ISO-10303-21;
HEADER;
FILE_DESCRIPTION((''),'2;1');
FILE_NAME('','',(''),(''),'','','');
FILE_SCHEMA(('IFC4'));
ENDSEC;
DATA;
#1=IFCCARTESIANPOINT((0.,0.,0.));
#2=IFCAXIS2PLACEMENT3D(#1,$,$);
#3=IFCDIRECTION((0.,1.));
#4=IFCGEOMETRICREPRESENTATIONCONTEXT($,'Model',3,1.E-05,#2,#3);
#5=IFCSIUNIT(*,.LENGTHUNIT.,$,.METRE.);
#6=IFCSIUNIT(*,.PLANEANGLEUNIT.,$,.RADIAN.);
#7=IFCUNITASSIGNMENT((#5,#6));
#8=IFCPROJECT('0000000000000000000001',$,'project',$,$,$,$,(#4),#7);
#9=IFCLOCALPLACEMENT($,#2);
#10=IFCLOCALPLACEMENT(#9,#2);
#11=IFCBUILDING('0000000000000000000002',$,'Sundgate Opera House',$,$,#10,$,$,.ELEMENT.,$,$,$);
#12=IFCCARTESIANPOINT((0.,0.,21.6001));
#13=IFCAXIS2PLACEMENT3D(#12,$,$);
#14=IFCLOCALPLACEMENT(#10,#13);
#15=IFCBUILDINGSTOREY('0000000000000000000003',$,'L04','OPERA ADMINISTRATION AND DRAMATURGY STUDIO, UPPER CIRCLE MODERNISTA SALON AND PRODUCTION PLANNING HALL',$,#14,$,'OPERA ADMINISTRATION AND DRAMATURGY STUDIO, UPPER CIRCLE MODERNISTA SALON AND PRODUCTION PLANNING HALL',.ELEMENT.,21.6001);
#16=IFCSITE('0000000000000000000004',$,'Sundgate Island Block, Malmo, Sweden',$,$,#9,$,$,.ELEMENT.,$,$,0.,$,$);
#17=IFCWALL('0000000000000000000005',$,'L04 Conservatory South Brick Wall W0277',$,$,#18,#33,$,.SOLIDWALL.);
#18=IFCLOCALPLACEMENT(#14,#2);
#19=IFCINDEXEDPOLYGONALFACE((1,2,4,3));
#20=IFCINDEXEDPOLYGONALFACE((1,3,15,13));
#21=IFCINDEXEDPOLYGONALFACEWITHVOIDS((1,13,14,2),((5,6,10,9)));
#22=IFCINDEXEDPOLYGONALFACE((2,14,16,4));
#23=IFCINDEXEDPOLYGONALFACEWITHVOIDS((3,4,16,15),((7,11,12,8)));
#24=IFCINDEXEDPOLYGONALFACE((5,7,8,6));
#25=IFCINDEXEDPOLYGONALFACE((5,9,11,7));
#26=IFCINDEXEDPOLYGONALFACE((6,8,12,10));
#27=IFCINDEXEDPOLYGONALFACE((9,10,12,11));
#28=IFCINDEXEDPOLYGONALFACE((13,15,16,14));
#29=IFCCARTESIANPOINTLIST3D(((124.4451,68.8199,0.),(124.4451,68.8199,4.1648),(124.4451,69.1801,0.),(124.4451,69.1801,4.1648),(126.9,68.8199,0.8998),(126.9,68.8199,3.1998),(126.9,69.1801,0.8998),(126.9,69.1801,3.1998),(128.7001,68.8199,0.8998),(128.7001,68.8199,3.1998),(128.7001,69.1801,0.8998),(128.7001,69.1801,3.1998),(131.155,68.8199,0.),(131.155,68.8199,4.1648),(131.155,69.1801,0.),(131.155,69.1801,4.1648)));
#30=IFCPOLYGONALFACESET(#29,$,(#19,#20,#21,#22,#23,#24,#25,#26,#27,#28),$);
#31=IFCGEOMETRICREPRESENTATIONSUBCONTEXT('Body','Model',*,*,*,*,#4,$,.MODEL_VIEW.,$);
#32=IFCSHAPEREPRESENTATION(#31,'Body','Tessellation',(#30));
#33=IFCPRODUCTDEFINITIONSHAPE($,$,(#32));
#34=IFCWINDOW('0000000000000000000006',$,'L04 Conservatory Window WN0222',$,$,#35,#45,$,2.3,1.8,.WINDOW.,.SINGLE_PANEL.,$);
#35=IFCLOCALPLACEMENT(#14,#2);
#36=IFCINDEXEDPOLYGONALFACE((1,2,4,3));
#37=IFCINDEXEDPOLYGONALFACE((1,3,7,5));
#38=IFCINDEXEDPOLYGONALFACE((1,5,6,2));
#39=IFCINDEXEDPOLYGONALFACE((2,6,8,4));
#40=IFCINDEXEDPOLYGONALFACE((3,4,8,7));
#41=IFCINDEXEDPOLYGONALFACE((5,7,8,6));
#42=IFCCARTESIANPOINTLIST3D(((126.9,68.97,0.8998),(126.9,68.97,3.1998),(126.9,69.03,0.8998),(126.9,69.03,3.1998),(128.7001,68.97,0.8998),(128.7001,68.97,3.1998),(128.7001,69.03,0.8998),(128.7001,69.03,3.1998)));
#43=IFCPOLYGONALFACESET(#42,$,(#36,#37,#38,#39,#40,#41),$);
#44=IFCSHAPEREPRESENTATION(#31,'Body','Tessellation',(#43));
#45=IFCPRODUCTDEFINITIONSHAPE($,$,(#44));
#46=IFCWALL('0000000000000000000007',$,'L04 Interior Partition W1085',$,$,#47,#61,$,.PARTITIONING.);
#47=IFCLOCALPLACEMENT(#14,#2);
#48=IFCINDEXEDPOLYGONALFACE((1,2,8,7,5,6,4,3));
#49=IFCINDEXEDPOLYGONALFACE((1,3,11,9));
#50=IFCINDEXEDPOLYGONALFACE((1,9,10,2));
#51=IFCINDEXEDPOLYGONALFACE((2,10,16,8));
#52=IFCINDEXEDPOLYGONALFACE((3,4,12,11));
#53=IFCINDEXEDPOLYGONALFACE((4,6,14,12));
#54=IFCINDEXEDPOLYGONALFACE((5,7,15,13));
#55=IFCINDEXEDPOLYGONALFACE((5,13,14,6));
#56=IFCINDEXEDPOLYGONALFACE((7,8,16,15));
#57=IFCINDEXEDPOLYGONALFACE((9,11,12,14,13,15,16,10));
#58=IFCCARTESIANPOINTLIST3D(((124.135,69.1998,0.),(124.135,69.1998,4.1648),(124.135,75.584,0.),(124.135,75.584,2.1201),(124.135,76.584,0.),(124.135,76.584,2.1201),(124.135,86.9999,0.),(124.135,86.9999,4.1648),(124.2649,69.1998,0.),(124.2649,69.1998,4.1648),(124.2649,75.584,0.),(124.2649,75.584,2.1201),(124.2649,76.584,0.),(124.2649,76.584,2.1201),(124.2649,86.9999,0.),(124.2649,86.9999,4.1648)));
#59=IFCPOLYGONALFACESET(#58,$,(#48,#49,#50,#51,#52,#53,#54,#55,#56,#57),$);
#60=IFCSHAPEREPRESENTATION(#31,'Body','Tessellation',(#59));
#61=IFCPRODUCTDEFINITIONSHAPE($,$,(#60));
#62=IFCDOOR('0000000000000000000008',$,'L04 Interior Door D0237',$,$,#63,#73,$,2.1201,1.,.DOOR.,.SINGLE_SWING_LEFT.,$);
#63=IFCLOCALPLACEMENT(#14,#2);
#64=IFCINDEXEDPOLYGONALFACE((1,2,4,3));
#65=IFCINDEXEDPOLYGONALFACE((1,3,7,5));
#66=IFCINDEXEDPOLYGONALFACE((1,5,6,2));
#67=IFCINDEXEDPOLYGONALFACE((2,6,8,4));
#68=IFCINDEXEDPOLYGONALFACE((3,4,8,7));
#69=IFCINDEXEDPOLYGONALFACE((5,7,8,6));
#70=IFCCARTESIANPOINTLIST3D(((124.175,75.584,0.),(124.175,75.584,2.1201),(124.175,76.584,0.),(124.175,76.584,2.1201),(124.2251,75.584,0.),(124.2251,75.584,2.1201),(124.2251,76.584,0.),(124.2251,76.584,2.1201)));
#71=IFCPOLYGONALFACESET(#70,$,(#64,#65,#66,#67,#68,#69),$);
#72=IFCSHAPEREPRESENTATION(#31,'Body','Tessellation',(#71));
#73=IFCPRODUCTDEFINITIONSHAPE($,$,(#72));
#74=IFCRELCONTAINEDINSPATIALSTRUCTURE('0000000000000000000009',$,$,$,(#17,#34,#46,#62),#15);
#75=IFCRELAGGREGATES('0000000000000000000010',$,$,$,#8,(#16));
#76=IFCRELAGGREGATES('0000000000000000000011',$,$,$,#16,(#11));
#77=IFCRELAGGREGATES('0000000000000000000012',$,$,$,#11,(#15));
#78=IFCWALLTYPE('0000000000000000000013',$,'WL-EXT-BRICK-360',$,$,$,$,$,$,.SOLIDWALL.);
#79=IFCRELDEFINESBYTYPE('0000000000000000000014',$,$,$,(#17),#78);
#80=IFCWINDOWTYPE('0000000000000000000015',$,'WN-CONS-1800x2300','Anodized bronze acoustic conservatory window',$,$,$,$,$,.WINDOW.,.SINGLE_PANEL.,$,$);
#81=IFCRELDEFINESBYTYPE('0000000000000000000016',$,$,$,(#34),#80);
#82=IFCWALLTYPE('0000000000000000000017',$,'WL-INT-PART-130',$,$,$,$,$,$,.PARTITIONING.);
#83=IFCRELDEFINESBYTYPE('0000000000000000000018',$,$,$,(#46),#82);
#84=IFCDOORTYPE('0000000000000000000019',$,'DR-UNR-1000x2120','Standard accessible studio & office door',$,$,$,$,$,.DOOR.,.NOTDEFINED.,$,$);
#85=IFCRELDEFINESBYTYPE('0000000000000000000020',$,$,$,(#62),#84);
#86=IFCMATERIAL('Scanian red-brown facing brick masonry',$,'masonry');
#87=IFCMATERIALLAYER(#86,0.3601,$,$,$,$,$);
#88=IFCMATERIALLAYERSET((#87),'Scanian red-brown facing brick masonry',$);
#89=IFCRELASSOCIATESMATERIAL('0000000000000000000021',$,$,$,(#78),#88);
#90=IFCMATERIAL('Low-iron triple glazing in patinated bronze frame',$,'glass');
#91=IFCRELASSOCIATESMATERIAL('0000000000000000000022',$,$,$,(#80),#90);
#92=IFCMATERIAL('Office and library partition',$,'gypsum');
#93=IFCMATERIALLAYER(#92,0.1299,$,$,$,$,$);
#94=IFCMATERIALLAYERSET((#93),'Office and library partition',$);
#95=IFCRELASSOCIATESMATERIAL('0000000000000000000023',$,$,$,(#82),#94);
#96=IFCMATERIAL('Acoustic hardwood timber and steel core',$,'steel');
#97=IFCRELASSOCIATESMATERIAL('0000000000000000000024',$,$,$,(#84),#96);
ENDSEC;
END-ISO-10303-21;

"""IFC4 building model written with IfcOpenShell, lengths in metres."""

from ifc_helpers import new_model, si_unit, direction, frame, frame_2d, origin, place, context, subcontext, project, spatial, rectangle, extrude, material, layer, layer_set, type_object, element, fill, save


model = new_model("IFC4")

# Units and contexts
model_context = context("Model", 3, precision=1e-05, world=origin(), true_north=direction((0.0, 1.0)))
body_context = subcontext(model_context, "Body", "Model", "MODEL_VIEW")
ifc_project = project(units=[si_unit("LENGTHUNIT", "METRE"), si_unit("PLANEANGLEUNIT", "RADIAN")], contexts=[model_context])

# Site, building, storey
site_placement = place(None, origin())
site = spatial("IfcSite", under=ifc_project, at=site_placement, Name="Sundgate Island Block, Malmo, Sweden", CompositionType="ELEMENT", RefElevation=0.0)
building_placement = place(site_placement, origin())
building = spatial("IfcBuilding", under=site, at=building_placement, Name="Sundgate Opera House", CompositionType="ELEMENT")
storey_placement = place(building_placement, frame((0.0, 0.0, 21.6001)))
storey = spatial("IfcBuildingStorey", under=building, at=storey_placement, Name="L04", Description="OPERA ADMINISTRATION AND DRAMATURGY STUDIO, UPPER CIRCLE MODERNISTA SALON AND PRODUCTION PLANNING HALL", LongName="OPERA ADMINISTRATION AND DRAMATURGY STUDIO, UPPER CIRCLE MODERNISTA SALON AND PRODUCTION PLANNING HALL", CompositionType="ELEMENT", Elevation=21.6001)

# Wall, opening, window
ifc_material_1 = material(Name="Scanian red-brown facing brick masonry", Category="masonry")
ifc_layer_1 = layer(ifc_material_1, 0.3601)
ifc_layer_set_1 = layer_set([ifc_layer_1], Name="Scanian red-brown facing brick masonry")
wall_type_1 = type_object("IfcWallType", Name="WL-EXT-BRICK-360", PredefinedType="SOLIDWALL", material=ifc_layer_set_1)
wall_1_placement = place(storey_placement, frame((131.155, 69.0, 0.0), z_axis=(0.0, 0.0, 1.0), x_axis=(-1.0, 0.0, 0.0)))
wall_1 = element("IfcWall", 1, at=wall_1_placement, inside=storey, type_object=wall_type_1, Name="L04 Conservatory South Brick Wall W0277", PredefinedType="SOLIDWALL", context=body_context, shape_type="SweptSolid", body=[
    extrude(rectangle(XDim=6.71, YDim=0.3601, at=frame_2d((3.355, 0.0))), origin(), (0.0, 0.0, 1.0), 4.1648),
])
opening_1_placement = place(wall_1_placement, frame((2.4551, 0.0, 0.8999)))
opening_1 = element("IfcOpeningElement", 2, at=opening_1_placement, cuts=wall_1, PredefinedType="OPENING", context=body_context, shape_type="SweptSolid", body=[
    extrude(rectangle(XDim=1.8, YDim=2.3, at=frame_2d((0.8999, 1.1499))), frame((0.0, 0.1899, 0.0), z_axis=(0.0, -1.0, 0.0), x_axis=(1.0, 0.0, 0.0)), (0.0, 0.0, 1.0), 0.3801),
])
ifc_material_2 = material(Name="Low-iron triple glazing in patinated bronze frame", Category="glass")
window_type = type_object("IfcWindowType", Name="WN-CONS-1800x2300", Description="Anodized bronze acoustic conservatory window", PartitioningType="SINGLE_PANEL", PredefinedType="WINDOW", material=ifc_material_2)
window_placement = place(opening_1_placement, origin())
window = element("IfcWindow", 3, at=window_placement, inside=storey, type_object=window_type, Name="L04 Conservatory Window WN0222", OverallHeight=2.3, OverallWidth=1.8, PartitioningType="SINGLE_PANEL", PredefinedType="WINDOW", context=body_context, shape_type="SweptSolid", body=[
    extrude(rectangle(XDim=1.8, YDim=2.3, at=frame_2d((0.8999, 1.1499))), frame((0.0, 0.03, 0.0), z_axis=(0.0, -1.0, 0.0), x_axis=(1.0, 0.0, 0.0)), (0.0, 0.0, 1.0), 0.0601),
])
fill(opening_1, window)

# Wall, opening, door
ifc_material_3 = material(Name="Office and library partition", Category="gypsum")
ifc_layer_2 = layer(ifc_material_3, 0.1299)
ifc_layer_set_2 = layer_set([ifc_layer_2], Name="Office and library partition")
wall_type_2 = type_object("IfcWallType", Name="WL-INT-PART-130", PredefinedType="PARTITIONING", material=ifc_layer_set_2)
wall_2_placement = place(storey_placement, frame((124.2, 69.2, 0.0), z_axis=(0.0, 0.0, 1.0), x_axis=(0.0, 1.0, 0.0)))
wall_2 = element("IfcWall", 4, at=wall_2_placement, inside=storey, type_object=wall_type_2, Name="L04 Interior Partition W1085", PredefinedType="PARTITIONING", context=body_context, shape_type="SweptSolid", body=[
    extrude(rectangle(XDim=17.8, YDim=0.1299, at=frame_2d((8.8999, 0.0))), origin(), (0.0, 0.0, 1.0), 4.1648),
])
opening_2_placement = place(wall_2_placement, frame((6.384, 0.0, 0.0)))
opening_2 = element("IfcOpeningElement", 5, at=opening_2_placement, cuts=wall_2, PredefinedType="OPENING", context=body_context, shape_type="SweptSolid", body=[
    extrude(rectangle(XDim=1.0, YDim=2.1201, at=frame_2d((0.5, 1.0601))), frame((0.0, 0.075, 0.0), z_axis=(0.0, -1.0, 0.0), x_axis=(1.0, 0.0, 0.0)), (0.0, 0.0, 1.0), 0.1499),
])
ifc_material_4 = material(Name="Acoustic hardwood timber and steel core", Category="steel")
door_type = type_object("IfcDoorType", Name="DR-UNR-1000x2120", Description="Standard accessible studio & office door", OperationType="NOTDEFINED", PredefinedType="DOOR", material=ifc_material_4)
door_placement = place(opening_2_placement, origin())
door = element("IfcDoor", 6, at=door_placement, inside=storey, type_object=door_type, Name="L04 Interior Door D0237", OperationType="SINGLE_SWING_LEFT", OverallHeight=2.1201, OverallWidth=1.0, PredefinedType="DOOR", context=body_context, shape_type="SweptSolid", body=[
    extrude(rectangle(XDim=1.0, YDim=2.1201, at=frame_2d((0.5, 1.0601))), frame((0.0, 0.0249, 0.0), z_axis=(0.0, -1.0, 0.0), x_axis=(1.0, 0.0, 0.0)), (0.0, 0.0, 1.0), 0.05),
])
fill(opening_2, door)

save(model, "model.ifc")
